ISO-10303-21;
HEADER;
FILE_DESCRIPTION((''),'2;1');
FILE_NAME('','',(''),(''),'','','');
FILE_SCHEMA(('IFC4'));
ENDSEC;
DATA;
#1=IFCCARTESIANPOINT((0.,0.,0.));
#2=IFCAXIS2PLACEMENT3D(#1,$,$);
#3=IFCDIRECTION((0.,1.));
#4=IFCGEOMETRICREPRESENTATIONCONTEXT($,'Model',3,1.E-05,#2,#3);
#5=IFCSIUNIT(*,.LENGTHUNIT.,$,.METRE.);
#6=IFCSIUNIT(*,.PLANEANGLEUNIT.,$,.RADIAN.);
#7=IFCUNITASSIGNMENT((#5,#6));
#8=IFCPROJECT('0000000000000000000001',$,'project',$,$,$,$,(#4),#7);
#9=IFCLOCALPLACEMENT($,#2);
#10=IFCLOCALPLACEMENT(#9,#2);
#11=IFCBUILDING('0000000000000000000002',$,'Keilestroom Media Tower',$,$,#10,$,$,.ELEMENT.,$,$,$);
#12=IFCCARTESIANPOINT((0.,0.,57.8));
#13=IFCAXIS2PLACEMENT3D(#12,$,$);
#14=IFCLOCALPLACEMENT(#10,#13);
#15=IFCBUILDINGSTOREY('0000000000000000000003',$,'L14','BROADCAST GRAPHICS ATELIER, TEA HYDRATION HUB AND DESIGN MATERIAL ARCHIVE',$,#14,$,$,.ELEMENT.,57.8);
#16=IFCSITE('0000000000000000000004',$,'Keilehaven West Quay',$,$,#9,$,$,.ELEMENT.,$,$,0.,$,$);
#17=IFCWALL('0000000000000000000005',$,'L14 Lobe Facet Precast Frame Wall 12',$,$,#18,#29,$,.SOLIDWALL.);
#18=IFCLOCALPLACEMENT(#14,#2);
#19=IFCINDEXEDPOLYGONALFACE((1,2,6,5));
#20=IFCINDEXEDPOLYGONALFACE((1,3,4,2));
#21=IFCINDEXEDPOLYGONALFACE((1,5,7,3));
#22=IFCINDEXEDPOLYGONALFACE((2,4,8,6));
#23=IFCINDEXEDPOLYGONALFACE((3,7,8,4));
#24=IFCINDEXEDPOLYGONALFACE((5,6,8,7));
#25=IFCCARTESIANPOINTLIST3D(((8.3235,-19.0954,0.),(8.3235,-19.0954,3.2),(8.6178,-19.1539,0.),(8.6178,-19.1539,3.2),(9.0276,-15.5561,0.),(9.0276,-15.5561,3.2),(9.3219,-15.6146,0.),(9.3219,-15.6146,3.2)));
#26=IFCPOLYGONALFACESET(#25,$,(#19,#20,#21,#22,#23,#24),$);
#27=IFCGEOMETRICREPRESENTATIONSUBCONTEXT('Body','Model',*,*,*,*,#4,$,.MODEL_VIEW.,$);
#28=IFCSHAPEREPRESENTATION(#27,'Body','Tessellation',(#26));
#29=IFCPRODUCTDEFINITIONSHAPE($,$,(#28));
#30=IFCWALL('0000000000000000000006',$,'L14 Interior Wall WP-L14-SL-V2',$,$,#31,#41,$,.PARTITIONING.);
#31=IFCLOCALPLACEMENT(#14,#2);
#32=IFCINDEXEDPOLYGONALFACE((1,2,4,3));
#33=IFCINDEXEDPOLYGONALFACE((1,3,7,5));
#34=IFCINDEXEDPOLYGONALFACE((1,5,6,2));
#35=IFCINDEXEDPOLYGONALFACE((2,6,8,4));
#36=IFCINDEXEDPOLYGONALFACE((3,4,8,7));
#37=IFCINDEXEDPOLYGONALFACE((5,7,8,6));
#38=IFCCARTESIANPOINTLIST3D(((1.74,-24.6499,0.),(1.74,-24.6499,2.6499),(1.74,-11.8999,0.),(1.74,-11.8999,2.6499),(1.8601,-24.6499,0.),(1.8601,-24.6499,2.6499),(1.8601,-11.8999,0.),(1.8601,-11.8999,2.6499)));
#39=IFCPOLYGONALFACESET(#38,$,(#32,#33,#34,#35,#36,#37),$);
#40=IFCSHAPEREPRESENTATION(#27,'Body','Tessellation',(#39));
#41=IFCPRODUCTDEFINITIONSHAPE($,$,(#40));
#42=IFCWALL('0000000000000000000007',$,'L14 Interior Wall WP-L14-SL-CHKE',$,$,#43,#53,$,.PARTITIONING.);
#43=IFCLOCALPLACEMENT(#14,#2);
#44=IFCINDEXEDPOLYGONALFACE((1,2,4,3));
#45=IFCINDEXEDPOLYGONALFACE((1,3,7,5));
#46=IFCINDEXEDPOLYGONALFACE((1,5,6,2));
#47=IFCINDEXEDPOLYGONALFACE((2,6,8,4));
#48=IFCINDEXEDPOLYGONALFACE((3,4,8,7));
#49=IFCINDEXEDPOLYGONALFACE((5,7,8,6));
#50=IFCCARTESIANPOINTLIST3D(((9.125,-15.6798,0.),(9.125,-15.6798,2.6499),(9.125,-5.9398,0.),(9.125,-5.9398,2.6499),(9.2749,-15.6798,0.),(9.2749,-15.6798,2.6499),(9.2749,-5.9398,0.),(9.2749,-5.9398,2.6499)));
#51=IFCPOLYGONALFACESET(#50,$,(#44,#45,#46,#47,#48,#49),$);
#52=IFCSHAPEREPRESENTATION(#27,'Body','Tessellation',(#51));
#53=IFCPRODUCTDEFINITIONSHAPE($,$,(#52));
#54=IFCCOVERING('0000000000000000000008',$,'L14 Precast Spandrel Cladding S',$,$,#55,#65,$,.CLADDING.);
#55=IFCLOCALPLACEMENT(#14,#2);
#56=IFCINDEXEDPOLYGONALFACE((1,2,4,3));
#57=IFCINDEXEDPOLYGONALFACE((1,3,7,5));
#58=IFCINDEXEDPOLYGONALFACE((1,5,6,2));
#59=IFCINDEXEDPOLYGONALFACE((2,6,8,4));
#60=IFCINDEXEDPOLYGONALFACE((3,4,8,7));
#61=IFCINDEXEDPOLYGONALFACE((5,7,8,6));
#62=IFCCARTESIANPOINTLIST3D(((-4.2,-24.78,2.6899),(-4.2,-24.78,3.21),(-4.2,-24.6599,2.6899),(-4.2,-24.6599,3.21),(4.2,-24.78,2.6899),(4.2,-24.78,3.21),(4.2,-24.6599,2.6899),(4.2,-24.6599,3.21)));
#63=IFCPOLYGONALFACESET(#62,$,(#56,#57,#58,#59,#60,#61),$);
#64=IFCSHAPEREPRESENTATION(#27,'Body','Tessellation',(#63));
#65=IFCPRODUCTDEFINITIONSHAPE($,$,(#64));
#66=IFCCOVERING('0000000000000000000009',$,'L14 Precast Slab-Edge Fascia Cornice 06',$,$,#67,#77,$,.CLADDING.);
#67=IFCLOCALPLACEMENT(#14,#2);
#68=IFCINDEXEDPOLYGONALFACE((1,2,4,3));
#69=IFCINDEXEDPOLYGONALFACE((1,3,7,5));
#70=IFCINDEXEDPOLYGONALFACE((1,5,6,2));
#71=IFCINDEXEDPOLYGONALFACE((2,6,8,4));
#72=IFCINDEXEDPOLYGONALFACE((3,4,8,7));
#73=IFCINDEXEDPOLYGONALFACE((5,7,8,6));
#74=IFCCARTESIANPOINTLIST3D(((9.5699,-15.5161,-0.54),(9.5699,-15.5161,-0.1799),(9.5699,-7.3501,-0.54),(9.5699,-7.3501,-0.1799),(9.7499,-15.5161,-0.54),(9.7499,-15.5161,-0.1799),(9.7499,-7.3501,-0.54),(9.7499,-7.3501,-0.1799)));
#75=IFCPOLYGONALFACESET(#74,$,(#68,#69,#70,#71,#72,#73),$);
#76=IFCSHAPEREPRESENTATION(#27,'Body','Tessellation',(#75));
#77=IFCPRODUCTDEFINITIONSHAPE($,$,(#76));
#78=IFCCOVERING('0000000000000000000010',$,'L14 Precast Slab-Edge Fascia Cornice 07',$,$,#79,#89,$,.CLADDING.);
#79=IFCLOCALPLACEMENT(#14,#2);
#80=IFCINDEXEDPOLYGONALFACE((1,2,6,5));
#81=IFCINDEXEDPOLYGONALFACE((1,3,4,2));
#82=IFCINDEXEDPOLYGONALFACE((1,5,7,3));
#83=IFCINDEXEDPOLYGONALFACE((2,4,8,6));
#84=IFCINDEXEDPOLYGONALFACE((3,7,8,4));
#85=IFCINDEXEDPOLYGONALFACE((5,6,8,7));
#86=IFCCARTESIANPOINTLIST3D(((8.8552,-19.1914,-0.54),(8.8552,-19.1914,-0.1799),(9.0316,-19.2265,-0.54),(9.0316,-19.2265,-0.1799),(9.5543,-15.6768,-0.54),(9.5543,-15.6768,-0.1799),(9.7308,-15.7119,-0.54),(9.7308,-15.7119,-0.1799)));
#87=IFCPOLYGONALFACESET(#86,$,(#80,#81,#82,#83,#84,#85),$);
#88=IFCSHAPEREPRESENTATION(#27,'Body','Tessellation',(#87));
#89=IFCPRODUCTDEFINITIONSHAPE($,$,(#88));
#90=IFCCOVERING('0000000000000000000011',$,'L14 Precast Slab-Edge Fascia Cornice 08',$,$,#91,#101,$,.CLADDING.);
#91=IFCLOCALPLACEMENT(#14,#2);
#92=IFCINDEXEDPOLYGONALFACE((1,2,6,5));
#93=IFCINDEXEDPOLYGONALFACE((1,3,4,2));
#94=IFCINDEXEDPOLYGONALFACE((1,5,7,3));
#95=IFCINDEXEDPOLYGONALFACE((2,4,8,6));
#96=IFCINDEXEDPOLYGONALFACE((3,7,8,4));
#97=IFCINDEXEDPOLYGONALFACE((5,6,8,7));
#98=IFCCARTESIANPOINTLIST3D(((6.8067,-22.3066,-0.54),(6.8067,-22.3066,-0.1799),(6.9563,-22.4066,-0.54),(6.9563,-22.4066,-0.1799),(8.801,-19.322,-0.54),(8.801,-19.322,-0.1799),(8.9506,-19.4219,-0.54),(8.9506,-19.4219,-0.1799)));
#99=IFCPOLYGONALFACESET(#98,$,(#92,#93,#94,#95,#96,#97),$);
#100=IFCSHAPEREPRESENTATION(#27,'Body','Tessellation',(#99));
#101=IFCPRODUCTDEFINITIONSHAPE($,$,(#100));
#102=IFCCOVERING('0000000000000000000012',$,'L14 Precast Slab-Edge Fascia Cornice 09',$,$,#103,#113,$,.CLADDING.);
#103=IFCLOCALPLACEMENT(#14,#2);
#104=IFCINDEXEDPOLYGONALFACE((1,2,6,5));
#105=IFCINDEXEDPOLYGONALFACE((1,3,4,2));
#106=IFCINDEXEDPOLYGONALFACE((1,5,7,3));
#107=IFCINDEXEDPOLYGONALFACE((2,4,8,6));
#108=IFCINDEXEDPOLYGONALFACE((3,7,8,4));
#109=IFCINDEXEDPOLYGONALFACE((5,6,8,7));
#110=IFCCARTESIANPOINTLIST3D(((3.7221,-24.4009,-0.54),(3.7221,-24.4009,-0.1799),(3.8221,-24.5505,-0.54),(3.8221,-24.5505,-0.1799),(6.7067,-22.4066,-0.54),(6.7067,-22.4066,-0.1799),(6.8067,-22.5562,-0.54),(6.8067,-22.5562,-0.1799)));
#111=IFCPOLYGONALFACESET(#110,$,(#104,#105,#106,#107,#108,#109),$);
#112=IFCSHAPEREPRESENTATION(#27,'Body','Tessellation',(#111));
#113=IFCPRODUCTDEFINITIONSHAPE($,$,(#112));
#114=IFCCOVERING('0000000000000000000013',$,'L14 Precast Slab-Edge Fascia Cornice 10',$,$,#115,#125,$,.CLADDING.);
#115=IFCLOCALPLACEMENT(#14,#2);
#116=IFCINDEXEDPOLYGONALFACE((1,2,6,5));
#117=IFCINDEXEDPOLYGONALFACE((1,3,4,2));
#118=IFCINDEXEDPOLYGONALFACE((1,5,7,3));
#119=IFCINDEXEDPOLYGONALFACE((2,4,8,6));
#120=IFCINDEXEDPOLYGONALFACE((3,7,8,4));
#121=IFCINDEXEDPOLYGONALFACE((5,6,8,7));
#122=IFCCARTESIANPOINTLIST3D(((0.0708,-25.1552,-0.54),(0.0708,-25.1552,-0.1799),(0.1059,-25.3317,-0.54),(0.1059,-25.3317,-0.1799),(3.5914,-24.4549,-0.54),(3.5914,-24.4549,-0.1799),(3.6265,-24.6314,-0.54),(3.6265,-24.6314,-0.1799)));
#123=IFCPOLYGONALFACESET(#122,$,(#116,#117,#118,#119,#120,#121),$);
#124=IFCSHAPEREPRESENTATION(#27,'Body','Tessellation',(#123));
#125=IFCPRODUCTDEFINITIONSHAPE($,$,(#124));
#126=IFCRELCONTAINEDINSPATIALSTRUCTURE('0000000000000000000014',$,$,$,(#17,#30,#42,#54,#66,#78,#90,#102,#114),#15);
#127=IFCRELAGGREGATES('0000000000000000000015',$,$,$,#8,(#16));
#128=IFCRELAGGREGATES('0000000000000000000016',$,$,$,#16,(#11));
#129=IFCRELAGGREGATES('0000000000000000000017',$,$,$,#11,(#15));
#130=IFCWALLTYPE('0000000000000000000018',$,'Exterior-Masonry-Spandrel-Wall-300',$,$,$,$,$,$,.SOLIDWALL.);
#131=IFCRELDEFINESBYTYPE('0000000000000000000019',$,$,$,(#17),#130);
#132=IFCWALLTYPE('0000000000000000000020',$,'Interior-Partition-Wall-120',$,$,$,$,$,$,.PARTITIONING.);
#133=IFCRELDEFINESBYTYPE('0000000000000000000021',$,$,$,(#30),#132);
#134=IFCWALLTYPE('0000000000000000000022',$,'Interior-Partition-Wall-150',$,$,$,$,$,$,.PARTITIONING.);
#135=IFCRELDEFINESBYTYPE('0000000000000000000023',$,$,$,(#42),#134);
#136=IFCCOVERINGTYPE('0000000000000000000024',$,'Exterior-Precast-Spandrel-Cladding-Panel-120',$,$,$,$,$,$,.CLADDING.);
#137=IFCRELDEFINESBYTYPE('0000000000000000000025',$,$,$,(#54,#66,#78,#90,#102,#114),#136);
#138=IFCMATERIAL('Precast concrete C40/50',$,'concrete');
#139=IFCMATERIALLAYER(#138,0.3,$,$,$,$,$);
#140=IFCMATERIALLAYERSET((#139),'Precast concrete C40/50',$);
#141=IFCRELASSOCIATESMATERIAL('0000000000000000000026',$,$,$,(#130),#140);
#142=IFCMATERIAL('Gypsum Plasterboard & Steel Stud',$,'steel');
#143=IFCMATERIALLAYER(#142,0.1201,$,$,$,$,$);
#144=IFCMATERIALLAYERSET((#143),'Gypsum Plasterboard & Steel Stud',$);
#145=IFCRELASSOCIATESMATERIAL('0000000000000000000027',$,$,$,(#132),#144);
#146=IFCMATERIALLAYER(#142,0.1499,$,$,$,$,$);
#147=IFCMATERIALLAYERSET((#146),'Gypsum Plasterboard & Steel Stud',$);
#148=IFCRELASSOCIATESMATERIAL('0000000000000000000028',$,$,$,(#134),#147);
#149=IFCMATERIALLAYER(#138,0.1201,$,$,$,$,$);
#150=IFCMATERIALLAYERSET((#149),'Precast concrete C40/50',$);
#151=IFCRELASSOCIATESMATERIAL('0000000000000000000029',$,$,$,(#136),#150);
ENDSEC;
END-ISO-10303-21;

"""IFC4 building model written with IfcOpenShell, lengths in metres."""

from ifc_helpers import new_model, si_unit, direction, frame, frame_2d, origin, origin_2d, place, context, subcontext, project, spatial, rectangle, extrude, source, transform, mapped, material, layer, layer_set, type_object, element, save


model = new_model("IFC4")

# Units and contexts
model_context = context("Model", 3, precision=1e-05, world=origin(), true_north=direction((0.0, 1.0)))
body_context = subcontext(model_context, "Body", "Model", "MODEL_VIEW")
ifc_project = project(units=[si_unit("LENGTHUNIT", "METRE"), si_unit("PLANEANGLEUNIT", "RADIAN")], contexts=[model_context])

# Site, building, storey
site_placement = place(None, origin())
site = spatial("IfcSite", under=ifc_project, at=site_placement, Name="Keilehaven West Quay", CompositionType="ELEMENT", RefElevation=0.0)
building_placement = place(site_placement, origin())
building = spatial("IfcBuilding", under=site, at=building_placement, Name="Keilestroom Media Tower", CompositionType="ELEMENT")
storey_placement = place(building_placement, frame((0.0, 0.0, 57.8)))
storey = spatial("IfcBuildingStorey", under=building, at=storey_placement, Name="L14", Description="BROADCAST GRAPHICS ATELIER, TEA HYDRATION HUB AND DESIGN MATERIAL ARCHIVE", CompositionType="ELEMENT", Elevation=57.8)

# Walls
ifc_material_1 = material(Name="Precast concrete C40/50", Category="concrete")
ifc_layer_1 = layer(ifc_material_1, 0.3)
ifc_layer_set_1 = layer_set([ifc_layer_1], Name="Precast concrete C40/50")
wall_type_1 = type_object("IfcWallType", Name="Exterior-Masonry-Spandrel-Wall-300", PredefinedType="SOLIDWALL", material=ifc_layer_set_1)
for number, where, z_axis, x_axis, name in (
    (1, (8.4707, -19.1245, 0.0), (0.0, 0.0, 1.0), (0.195114, 0.980781, 0.0), "L14 Lobe Facet Precast Frame Wall 12"),
):
    element("IfcWall", number, at=place(storey_placement, frame(where, z_axis=z_axis, x_axis=x_axis)), inside=storey, type_object=wall_type_1, Name=name, PredefinedType="SOLIDWALL", context=body_context, shape_type="SweptSolid", body=[
        extrude(rectangle(XDim=3.6086, YDim=0.3, at=frame_2d((1.8042, 0.0))), origin(), (0.0, 0.0, 1.0), 3.2),
    ])
ifc_material_2 = material(Name="Gypsum Plasterboard & Steel Stud", Category="steel")
ifc_layer_2 = layer(ifc_material_2, 0.1201)
ifc_layer_set_2 = layer_set([ifc_layer_2], Name="Gypsum Plasterboard & Steel Stud")
wall_type_2 = type_object("IfcWallType", Name="Interior-Partition-Wall-120", PredefinedType="PARTITIONING", material=ifc_layer_set_2)
wall_1_placement = place(storey_placement, frame((1.8, -24.6499, 0.0), z_axis=(0.0, 0.0, 1.0), x_axis=(0.0, 1.0, 0.0)))
element("IfcWall", 2, at=wall_1_placement, inside=storey, type_object=wall_type_2, Name="L14 Interior Wall WP-L14-SL-V2", PredefinedType="PARTITIONING", context=body_context, shape_type="SweptSolid", body=[
    extrude(rectangle(XDim=12.75, YDim=0.1201, at=frame_2d((6.375, 0.0))), origin(), (0.0, 0.0, 1.0), 2.6499),
])
ifc_layer_3 = layer(ifc_material_2, 0.1499)
ifc_layer_set_3 = layer_set([ifc_layer_3], Name="Gypsum Plasterboard & Steel Stud")
wall_type_3 = type_object("IfcWallType", Name="Interior-Partition-Wall-150", PredefinedType="PARTITIONING", material=ifc_layer_set_3)
wall_2_placement = place(storey_placement, frame((9.2, -15.6799, 0.0), z_axis=(0.0, 0.0, 1.0), x_axis=(0.0, 1.0, 0.0)))
element("IfcWall", 3, at=wall_2_placement, inside=storey, type_object=wall_type_3, Name="L14 Interior Wall WP-L14-SL-CHKE", PredefinedType="PARTITIONING", context=body_context, shape_type="SweptSolid", body=[
    extrude(rectangle(XDim=9.74, YDim=0.1499, at=frame_2d((4.8701, 0.0))), origin(), (0.0, 0.0, 1.0), 2.6499),
])

# Coverings
ifc_layer_4 = layer(ifc_material_1, 0.1201)
ifc_layer_set_4 = layer_set([ifc_layer_4], Name="Precast concrete C40/50")
covering_type = type_object("IfcCoveringType", Name="Exterior-Precast-Spandrel-Cladding-Panel-120", PredefinedType="CLADDING", material=ifc_layer_set_4)
shared_shape_1 = source(origin(), body_context, "Body", "SweptSolid", [
    extrude(rectangle(XDim=8.3999, YDim=0.1201, at=origin_2d()), origin(), (0.0, 0.0, 1.0), 0.52),
])
covering_1_placement = place(storey_placement, frame((0.0, -24.72, 2.6899), z_axis=(0.0, 0.0, 1.0), x_axis=(1.0, 0.0, 0.0)))
element("IfcCovering", 4, at=covering_1_placement, inside=storey, type_object=covering_type, Name="L14 Precast Spandrel Cladding S", PredefinedType="CLADDING", context=body_context, shape_type="MappedRepresentation", body=[
    mapped(shared_shape_1, transform((0.0, 0.0, 0.0), x_axis=(1.0, 0.0, 0.0), y_axis=(0.0, 1.0, 0.0), z_axis=(0.0, 0.0, 1.0), scale=1.0)),
])
shared_shape_2 = source(origin(), body_context, "Body", "SweptSolid", [
    extrude(rectangle(XDim=8.166, YDim=0.1799, at=origin_2d()), origin(), (0.0, 0.0, 1.0), 0.3601),
])
covering_2_placement = place(storey_placement, frame((9.6599, -11.4331, -0.54), z_axis=(0.0, 0.0, 1.0), x_axis=(0.0, -1.0, 0.0)))
element("IfcCovering", 5, at=covering_2_placement, inside=storey, type_object=covering_type, Name="L14 Precast Slab-Edge Fascia Cornice 06", PredefinedType="CLADDING", context=body_context, shape_type="MappedRepresentation", body=[
    mapped(shared_shape_2, transform((0.0, 0.0, 0.0), x_axis=(1.0, 0.0, 0.0), y_axis=(0.0, 1.0, 0.0), z_axis=(0.0, 0.0, 1.0), scale=1.0)),
])
shared_shape_3 = source(origin(), body_context, "Body", "SweptSolid", [
    extrude(rectangle(XDim=3.5835, YDim=0.1799, at=origin_2d()), origin(), (0.0, 0.0, 1.0), 0.3601),
])
covering_3_placement = place(storey_placement, frame((9.293, -17.4517, -0.54), z_axis=(0.0, 0.0, 1.0), x_axis=(-0.195099, -0.980784, 0.0)))
element("IfcCovering", 6, at=covering_3_placement, inside=storey, type_object=covering_type, Name="L14 Precast Slab-Edge Fascia Cornice 07", PredefinedType="CLADDING", context=body_context, shape_type="MappedRepresentation", body=[
    mapped(shared_shape_3, transform((0.0, 0.0, 0.0), x_axis=(1.0, 0.0, 0.0), y_axis=(0.0, 1.0, 0.0), z_axis=(0.0, 0.0, 1.0), scale=1.0)),
])
shared_shape_4 = source(origin(), body_context, "Body", "SweptSolid", [
    extrude(rectangle(XDim=3.5896, YDim=0.1799, at=origin_2d()), origin(), (0.0, 0.0, 1.0), 0.3601),
])
for number, where, z_axis, x_axis, name in (
    (7, (7.8787, -20.8643, -0.54), (0.0, 0.0, 1.0), (-0.555575, -0.831467, 0.0), "L14 Precast Slab-Edge Fascia Cornice 08"),
    (8, (5.2644, -23.4785, -0.54), (0.0, 0.0, 1.0), (-0.831467, -0.555575, 0.0), "L14 Precast Slab-Edge Fascia Cornice 09"),
    (9, (1.8486, -24.8933, -0.54), (0.0, 0.0, 1.0), (-0.980784, -0.195099, 0.0), "L14 Precast Slab-Edge Fascia Cornice 10"),
):
    element("IfcCovering", number, at=place(storey_placement, frame(where, z_axis=z_axis, x_axis=x_axis)), inside=storey, type_object=covering_type, Name=name, PredefinedType="CLADDING", context=body_context, shape_type="MappedRepresentation", body=[
        mapped(shared_shape_4, transform((0.0, 0.0, 0.0), x_axis=(1.0, 0.0, 0.0), y_axis=(0.0, 1.0, 0.0), z_axis=(0.0, 0.0, 1.0), scale=1.0)),
    ])

save(model, "model.ifc")
